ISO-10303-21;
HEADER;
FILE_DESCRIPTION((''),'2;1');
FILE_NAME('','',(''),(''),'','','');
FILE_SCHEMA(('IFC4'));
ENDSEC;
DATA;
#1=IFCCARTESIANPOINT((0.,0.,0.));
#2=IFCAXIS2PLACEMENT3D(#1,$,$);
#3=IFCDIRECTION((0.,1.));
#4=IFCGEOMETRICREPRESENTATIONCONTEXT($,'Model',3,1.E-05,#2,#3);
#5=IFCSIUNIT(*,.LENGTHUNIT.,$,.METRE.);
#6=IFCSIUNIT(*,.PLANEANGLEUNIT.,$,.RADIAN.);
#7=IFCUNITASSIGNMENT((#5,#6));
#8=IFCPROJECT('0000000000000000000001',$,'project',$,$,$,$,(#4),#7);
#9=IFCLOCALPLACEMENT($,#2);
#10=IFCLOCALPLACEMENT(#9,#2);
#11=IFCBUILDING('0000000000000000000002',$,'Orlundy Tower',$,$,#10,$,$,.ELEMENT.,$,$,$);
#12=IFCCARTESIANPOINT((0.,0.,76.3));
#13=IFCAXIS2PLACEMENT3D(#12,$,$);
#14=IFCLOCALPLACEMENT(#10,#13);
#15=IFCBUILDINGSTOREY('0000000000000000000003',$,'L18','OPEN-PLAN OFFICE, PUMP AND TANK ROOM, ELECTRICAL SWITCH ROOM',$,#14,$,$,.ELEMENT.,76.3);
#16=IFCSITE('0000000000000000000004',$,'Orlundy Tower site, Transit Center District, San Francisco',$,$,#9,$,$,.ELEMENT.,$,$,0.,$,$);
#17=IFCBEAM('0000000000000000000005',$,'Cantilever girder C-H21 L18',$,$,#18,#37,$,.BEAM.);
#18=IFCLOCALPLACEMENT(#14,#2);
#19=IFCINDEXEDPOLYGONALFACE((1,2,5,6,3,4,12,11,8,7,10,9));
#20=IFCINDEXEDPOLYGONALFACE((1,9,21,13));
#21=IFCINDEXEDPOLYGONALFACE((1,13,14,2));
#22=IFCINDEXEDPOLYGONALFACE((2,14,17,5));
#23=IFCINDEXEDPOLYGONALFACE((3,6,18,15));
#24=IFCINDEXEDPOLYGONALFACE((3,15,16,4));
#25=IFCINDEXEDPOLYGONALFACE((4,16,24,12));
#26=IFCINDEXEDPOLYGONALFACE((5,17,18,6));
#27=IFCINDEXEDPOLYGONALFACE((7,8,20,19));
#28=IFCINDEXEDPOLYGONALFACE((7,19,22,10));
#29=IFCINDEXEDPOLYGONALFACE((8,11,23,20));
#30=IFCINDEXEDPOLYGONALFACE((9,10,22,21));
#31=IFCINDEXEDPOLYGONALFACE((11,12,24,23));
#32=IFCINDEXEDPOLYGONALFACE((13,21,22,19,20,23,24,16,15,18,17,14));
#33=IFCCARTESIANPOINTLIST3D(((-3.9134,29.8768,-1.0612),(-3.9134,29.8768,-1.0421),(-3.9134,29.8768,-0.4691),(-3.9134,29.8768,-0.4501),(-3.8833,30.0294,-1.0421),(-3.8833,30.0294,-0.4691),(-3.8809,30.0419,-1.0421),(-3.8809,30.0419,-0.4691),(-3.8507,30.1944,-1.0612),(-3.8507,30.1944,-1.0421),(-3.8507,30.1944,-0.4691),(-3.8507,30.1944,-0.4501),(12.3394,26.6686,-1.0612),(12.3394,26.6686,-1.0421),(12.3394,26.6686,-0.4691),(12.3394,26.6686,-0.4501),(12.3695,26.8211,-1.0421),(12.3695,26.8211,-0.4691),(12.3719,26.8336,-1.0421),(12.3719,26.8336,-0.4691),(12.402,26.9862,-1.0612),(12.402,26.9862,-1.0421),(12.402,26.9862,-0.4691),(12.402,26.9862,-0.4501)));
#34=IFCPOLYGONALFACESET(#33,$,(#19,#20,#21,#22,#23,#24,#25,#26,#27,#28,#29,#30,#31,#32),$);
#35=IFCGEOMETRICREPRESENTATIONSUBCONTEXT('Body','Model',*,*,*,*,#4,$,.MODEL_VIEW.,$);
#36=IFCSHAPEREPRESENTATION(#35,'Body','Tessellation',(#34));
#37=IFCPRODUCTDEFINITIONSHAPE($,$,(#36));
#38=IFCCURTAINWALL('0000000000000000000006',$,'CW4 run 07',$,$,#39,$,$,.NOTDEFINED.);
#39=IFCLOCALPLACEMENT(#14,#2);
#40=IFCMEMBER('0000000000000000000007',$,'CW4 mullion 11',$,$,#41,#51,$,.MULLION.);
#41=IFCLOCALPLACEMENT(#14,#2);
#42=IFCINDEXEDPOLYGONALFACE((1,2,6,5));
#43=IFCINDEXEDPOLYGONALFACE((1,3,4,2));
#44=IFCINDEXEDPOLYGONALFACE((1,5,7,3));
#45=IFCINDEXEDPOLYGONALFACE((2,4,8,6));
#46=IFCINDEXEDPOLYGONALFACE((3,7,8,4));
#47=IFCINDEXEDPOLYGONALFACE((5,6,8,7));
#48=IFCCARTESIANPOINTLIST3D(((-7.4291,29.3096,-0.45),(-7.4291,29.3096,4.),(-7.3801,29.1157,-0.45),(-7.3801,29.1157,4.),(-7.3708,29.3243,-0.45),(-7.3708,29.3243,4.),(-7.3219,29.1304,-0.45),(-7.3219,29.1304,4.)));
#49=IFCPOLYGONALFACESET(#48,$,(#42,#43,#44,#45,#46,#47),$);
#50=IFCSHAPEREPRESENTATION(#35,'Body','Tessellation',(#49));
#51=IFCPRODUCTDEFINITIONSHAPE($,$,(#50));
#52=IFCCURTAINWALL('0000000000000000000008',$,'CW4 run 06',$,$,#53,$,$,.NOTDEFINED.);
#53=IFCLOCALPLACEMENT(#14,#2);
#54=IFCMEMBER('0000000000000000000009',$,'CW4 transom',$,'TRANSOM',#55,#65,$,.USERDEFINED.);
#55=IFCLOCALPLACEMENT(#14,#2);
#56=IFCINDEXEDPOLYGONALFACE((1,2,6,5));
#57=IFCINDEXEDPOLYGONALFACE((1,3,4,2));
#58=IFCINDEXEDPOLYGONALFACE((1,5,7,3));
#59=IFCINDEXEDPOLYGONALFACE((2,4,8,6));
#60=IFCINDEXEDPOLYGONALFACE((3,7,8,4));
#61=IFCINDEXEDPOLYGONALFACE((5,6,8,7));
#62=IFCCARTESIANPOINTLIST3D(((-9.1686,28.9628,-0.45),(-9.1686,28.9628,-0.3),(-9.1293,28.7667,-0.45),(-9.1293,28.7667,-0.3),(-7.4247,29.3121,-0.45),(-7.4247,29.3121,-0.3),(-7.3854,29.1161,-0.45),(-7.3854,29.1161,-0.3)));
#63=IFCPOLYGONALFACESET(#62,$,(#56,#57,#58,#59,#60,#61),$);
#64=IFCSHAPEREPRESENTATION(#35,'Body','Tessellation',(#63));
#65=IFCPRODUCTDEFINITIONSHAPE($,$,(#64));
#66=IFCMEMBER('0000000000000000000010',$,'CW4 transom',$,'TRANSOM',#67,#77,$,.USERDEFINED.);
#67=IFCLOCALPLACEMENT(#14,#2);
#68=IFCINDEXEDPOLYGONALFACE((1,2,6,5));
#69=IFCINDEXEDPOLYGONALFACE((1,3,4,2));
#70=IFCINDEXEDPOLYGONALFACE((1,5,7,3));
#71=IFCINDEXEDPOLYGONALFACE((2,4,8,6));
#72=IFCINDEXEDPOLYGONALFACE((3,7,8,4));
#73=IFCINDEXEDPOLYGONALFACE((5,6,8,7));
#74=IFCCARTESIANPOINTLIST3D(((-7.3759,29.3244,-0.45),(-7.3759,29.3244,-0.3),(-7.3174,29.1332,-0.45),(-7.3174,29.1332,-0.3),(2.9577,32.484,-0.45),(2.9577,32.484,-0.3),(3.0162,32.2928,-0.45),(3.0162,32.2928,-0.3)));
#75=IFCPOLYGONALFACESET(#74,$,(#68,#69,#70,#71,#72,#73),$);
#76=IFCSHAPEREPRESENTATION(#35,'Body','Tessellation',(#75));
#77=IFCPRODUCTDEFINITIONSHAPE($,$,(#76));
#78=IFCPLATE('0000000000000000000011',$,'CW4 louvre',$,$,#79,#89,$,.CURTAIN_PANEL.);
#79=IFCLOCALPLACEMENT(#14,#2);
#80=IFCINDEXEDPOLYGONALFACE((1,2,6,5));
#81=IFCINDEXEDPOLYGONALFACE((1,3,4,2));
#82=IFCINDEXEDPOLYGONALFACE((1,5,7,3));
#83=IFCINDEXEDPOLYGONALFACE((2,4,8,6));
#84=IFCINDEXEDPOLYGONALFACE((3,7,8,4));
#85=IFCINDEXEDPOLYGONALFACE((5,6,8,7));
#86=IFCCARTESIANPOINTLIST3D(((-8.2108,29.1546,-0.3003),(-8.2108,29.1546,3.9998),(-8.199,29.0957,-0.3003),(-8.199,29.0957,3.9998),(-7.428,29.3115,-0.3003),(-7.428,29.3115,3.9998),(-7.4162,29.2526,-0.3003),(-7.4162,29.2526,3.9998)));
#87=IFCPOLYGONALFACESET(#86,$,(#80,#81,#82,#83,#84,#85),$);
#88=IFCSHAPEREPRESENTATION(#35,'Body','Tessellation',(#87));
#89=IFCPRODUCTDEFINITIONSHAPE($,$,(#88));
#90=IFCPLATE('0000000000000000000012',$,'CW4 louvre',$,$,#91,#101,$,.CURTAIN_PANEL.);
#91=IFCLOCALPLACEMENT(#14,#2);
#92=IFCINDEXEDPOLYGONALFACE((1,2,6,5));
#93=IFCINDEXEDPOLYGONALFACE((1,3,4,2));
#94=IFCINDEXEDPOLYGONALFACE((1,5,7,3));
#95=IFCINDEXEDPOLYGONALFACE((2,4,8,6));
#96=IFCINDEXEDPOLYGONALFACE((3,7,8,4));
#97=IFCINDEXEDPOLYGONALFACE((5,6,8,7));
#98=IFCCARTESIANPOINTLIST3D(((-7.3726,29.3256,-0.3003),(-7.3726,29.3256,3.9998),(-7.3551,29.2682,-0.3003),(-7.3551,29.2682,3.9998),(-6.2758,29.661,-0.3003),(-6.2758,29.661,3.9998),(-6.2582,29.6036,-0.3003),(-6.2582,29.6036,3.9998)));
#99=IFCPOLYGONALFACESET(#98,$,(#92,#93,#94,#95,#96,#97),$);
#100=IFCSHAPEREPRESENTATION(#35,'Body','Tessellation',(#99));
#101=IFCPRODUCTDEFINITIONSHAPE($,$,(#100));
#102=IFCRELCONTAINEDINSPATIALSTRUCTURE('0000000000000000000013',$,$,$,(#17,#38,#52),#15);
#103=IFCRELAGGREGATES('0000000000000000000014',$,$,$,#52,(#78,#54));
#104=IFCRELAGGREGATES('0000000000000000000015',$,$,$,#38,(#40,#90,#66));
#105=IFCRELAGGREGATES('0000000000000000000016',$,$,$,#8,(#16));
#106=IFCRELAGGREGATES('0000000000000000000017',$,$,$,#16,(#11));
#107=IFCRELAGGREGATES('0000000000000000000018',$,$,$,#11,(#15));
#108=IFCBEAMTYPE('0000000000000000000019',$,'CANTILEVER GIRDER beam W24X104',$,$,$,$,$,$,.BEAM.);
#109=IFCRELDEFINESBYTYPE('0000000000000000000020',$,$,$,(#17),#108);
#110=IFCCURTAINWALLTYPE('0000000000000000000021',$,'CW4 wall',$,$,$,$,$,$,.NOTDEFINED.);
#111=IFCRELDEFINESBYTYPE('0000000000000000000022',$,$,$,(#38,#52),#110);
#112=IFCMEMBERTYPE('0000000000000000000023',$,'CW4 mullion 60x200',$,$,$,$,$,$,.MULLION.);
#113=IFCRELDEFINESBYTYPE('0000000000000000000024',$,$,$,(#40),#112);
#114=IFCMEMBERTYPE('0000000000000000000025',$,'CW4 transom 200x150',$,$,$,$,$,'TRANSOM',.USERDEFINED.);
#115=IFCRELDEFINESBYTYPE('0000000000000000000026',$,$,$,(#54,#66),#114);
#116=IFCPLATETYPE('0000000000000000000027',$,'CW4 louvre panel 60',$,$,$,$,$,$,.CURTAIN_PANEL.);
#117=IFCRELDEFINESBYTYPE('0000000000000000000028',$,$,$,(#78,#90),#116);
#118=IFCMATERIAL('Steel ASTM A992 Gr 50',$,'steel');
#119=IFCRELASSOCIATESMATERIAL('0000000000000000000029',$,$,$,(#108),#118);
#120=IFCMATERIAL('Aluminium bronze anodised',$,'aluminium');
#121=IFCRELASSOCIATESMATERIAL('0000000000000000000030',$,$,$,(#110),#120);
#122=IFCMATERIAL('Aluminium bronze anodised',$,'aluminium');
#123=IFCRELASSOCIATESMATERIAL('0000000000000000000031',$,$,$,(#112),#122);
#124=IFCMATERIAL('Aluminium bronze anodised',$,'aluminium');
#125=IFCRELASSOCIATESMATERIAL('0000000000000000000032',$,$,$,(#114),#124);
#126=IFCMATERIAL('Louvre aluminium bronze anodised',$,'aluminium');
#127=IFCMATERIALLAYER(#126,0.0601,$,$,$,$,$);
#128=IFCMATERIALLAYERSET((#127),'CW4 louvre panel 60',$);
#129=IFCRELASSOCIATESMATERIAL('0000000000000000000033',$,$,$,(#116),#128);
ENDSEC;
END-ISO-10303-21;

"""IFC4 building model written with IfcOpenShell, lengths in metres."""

from ifc_helpers import new_model, si_unit, direction, frame, origin, origin_2d, place, context, subcontext, project, spatial, rectangle, i_section, extrude, material, layer, layer_set, material_profile, profile_set, type_object, element, aggregate, save


model = new_model("IFC4")

# Units and contexts
model_context = context("Model", 3, precision=1e-05, world=origin(), true_north=direction((0.0, 1.0)))
body_context = subcontext(model_context, "Body", "Model", "MODEL_VIEW")
ifc_project = project(units=[si_unit("LENGTHUNIT", "METRE"), si_unit("PLANEANGLEUNIT", "RADIAN")], contexts=[model_context])

# Site, building, storey
site_placement = place(None, origin())
site = spatial("IfcSite", under=ifc_project, at=site_placement, Name="Orlundy Tower site, Transit Center District, San Francisco", CompositionType="ELEMENT", RefElevation=0.0)
building_placement = place(site_placement, origin())
building = spatial("IfcBuilding", under=site, at=building_placement, Name="Orlundy Tower", CompositionType="ELEMENT")
storey_placement = place(building_placement, frame((0.0, 0.0, 76.3)))
storey = spatial("IfcBuildingStorey", under=building, at=storey_placement, Name="L18", Description="OPEN-PLAN OFFICE, PUMP AND TANK ROOM, ELECTRICAL SWITCH ROOM", CompositionType="ELEMENT", Elevation=76.3)

# Beam
ifc_material_1 = material(Name="Steel ASTM A992 Gr 50", Category="steel")
ifc_material_profile_1 = material_profile(ifc_material_1, i_section(OverallWidth=0.3237, OverallDepth=0.6111, WebThickness=0.0127, FlangeThickness=0.019, at=origin_2d()), Name="W24X104")
ifc_profile_set_1 = profile_set([ifc_material_profile_1], Name="Steel ASTM A992 Gr 50")
beam_type = type_object("IfcBeamType", Name="CANTILEVER GIRDER beam W24X104", PredefinedType="BEAM", material=ifc_profile_set_1)
beam_placement = place(storey_placement, frame((-3.8821, 30.0356, -0.7556), z_axis=(0.981068, -0.193661, 0.0), x_axis=(0.193661, 0.981068, 0.0)))
element("IfcBeam", 1, at=beam_placement, inside=storey, type_object=beam_type, Name="Cantilever girder C-H21 L18", PredefinedType="BEAM", context=body_context, shape_type="SweptSolid", body=[
    extrude(i_section(OverallWidth=0.3237, OverallDepth=0.6111, WebThickness=0.0127, FlangeThickness=0.019, at=origin_2d()), origin(), (0.0, 0.0, 1.0), 16.5664),
])

# Curtain walls, members
ifc_material_2 = material(Name="Aluminium bronze anodised", Category="aluminium")
curtain_wall_type = type_object("IfcCurtainWallType", Name="CW4 wall", PredefinedType="NOTDEFINED", material=ifc_material_2)
curtain_wall_1_placement = place(storey_placement, origin())
curtain_wall_1 = element("IfcCurtainWall", 2, at=curtain_wall_1_placement, inside=storey, type_object=curtain_wall_type, Name="CW4 run 07", PredefinedType="NOTDEFINED")
ifc_material_3 = material(Name="Aluminium bronze anodised", Category="aluminium")
ifc_material_profile_2 = material_profile(ifc_material_3, rectangle(XDim=0.2, YDim=0.0601, at=origin_2d()), Name="CW4 mullion 60x200")
ifc_profile_set_2 = profile_set([ifc_material_profile_2], Name="Aluminium bronze anodised")
member_type_1 = type_object("IfcMemberType", Name="CW4 mullion 60x200", PredefinedType="MULLION", material=ifc_profile_set_2)
member_1_placement = place(storey_placement, frame((-7.3755, 29.22, -0.45), z_axis=(0.0, 0.0, 1.0), x_axis=(-0.244734, 0.96959, 0.0)))
member_1 = element("IfcMember", 3, at=member_1_placement, type_object=member_type_1, Name="CW4 mullion 11", PredefinedType="MULLION", context=body_context, shape_type="SweptSolid", body=[
    extrude(rectangle(XDim=0.2, YDim=0.0601, at=origin_2d()), origin(), (0.0, 0.0, 1.0), 4.45),
])
curtain_wall_2_placement = place(storey_placement, origin())
curtain_wall_2 = element("IfcCurtainWall", 4, at=curtain_wall_2_placement, inside=storey, type_object=curtain_wall_type, Name="CW4 run 06", PredefinedType="NOTDEFINED")
ifc_material_4 = material(Name="Aluminium bronze anodised", Category="aluminium")
ifc_material_profile_3 = material_profile(ifc_material_4, rectangle(XDim=0.2, YDim=0.1499, at=origin_2d()), Name="CW4 transom 200x150")
ifc_profile_set_3 = profile_set([ifc_material_profile_3], Name="Aluminium bronze anodised")
member_type_2 = type_object("IfcMemberType", Name="CW4 transom 200x150", ElementType="TRANSOM", PredefinedType="USERDEFINED", material=ifc_profile_set_3)
member_2_placement = place(storey_placement, frame((-9.1489, 28.8647, -0.375), z_axis=(0.980517, 0.196433, 0.0), x_axis=(-0.196433, 0.980517, 0.0)))
member_2 = element("IfcMember", 5, at=member_2_placement, type_object=member_type_2, Name="CW4 transom", ObjectType="TRANSOM", PredefinedType="USERDEFINED", context=body_context, shape_type="SweptSolid", body=[
    extrude(rectangle(XDim=0.2, YDim=0.1499, at=origin_2d()), origin(), (0.0, 0.0, 1.0), 1.7786),
])

# Member
member_3_placement = place(storey_placement, frame((-7.3467, 29.2288, -0.375), z_axis=(0.956296, 0.292399, 0.0), x_axis=(-0.292399, 0.956296, 0.0)))
member_3 = element("IfcMember", 6, at=member_3_placement, type_object=member_type_2, Name="CW4 transom", ObjectType="TRANSOM", PredefinedType="USERDEFINED", context=body_context, shape_type="SweptSolid", body=[
    extrude(rectangle(XDim=0.2, YDim=0.1499, at=origin_2d()), origin(), (0.0, 0.0, 1.0), 10.8059),
])

# Plates
ifc_material_5 = material(Name="Louvre aluminium bronze anodised", Category="aluminium")
ifc_layer = layer(ifc_material_5, 0.0601)
ifc_layer_set = layer_set([ifc_layer], Name="CW4 louvre panel 60")
plate_type = type_object("IfcPlateType", Name="CW4 louvre panel 60", PredefinedType="CURTAIN_PANEL", material=ifc_layer_set)
plate_1_placement = place(storey_placement, frame((-7.8135, 29.2036, -0.3003), z_axis=(0.0, 0.0, 1.0), x_axis=(0.980507, 0.196485, 0.0)))
plate_1 = element("IfcPlate", 7, at=plate_1_placement, type_object=plate_type, Name="CW4 louvre", PredefinedType="CURTAIN_PANEL", context=body_context, shape_type="SweptSolid", body=[
    extrude(rectangle(XDim=0.7983, YDim=0.0601, at=origin_2d()), origin(), (0.0, 0.0, 1.0), 4.3),
])
aggregate(curtain_wall_2, [plate_1, member_2])
plate_2_placement = place(storey_placement, frame((-6.8154, 29.4646, -0.3003), z_axis=(0.0, 0.0, 1.0), x_axis=(0.956301, 0.292383, 0.0)))
plate_2 = element("IfcPlate", 8, at=plate_2_placement, type_object=plate_type, Name="CW4 louvre", PredefinedType="CURTAIN_PANEL", context=body_context, shape_type="SweptSolid", body=[
    extrude(rectangle(XDim=1.147, YDim=0.0601, at=origin_2d()), origin(), (0.0, 0.0, 1.0), 4.3),
])
aggregate(curtain_wall_1, [member_1, plate_2, member_3])

save(model, "model.ifc")
